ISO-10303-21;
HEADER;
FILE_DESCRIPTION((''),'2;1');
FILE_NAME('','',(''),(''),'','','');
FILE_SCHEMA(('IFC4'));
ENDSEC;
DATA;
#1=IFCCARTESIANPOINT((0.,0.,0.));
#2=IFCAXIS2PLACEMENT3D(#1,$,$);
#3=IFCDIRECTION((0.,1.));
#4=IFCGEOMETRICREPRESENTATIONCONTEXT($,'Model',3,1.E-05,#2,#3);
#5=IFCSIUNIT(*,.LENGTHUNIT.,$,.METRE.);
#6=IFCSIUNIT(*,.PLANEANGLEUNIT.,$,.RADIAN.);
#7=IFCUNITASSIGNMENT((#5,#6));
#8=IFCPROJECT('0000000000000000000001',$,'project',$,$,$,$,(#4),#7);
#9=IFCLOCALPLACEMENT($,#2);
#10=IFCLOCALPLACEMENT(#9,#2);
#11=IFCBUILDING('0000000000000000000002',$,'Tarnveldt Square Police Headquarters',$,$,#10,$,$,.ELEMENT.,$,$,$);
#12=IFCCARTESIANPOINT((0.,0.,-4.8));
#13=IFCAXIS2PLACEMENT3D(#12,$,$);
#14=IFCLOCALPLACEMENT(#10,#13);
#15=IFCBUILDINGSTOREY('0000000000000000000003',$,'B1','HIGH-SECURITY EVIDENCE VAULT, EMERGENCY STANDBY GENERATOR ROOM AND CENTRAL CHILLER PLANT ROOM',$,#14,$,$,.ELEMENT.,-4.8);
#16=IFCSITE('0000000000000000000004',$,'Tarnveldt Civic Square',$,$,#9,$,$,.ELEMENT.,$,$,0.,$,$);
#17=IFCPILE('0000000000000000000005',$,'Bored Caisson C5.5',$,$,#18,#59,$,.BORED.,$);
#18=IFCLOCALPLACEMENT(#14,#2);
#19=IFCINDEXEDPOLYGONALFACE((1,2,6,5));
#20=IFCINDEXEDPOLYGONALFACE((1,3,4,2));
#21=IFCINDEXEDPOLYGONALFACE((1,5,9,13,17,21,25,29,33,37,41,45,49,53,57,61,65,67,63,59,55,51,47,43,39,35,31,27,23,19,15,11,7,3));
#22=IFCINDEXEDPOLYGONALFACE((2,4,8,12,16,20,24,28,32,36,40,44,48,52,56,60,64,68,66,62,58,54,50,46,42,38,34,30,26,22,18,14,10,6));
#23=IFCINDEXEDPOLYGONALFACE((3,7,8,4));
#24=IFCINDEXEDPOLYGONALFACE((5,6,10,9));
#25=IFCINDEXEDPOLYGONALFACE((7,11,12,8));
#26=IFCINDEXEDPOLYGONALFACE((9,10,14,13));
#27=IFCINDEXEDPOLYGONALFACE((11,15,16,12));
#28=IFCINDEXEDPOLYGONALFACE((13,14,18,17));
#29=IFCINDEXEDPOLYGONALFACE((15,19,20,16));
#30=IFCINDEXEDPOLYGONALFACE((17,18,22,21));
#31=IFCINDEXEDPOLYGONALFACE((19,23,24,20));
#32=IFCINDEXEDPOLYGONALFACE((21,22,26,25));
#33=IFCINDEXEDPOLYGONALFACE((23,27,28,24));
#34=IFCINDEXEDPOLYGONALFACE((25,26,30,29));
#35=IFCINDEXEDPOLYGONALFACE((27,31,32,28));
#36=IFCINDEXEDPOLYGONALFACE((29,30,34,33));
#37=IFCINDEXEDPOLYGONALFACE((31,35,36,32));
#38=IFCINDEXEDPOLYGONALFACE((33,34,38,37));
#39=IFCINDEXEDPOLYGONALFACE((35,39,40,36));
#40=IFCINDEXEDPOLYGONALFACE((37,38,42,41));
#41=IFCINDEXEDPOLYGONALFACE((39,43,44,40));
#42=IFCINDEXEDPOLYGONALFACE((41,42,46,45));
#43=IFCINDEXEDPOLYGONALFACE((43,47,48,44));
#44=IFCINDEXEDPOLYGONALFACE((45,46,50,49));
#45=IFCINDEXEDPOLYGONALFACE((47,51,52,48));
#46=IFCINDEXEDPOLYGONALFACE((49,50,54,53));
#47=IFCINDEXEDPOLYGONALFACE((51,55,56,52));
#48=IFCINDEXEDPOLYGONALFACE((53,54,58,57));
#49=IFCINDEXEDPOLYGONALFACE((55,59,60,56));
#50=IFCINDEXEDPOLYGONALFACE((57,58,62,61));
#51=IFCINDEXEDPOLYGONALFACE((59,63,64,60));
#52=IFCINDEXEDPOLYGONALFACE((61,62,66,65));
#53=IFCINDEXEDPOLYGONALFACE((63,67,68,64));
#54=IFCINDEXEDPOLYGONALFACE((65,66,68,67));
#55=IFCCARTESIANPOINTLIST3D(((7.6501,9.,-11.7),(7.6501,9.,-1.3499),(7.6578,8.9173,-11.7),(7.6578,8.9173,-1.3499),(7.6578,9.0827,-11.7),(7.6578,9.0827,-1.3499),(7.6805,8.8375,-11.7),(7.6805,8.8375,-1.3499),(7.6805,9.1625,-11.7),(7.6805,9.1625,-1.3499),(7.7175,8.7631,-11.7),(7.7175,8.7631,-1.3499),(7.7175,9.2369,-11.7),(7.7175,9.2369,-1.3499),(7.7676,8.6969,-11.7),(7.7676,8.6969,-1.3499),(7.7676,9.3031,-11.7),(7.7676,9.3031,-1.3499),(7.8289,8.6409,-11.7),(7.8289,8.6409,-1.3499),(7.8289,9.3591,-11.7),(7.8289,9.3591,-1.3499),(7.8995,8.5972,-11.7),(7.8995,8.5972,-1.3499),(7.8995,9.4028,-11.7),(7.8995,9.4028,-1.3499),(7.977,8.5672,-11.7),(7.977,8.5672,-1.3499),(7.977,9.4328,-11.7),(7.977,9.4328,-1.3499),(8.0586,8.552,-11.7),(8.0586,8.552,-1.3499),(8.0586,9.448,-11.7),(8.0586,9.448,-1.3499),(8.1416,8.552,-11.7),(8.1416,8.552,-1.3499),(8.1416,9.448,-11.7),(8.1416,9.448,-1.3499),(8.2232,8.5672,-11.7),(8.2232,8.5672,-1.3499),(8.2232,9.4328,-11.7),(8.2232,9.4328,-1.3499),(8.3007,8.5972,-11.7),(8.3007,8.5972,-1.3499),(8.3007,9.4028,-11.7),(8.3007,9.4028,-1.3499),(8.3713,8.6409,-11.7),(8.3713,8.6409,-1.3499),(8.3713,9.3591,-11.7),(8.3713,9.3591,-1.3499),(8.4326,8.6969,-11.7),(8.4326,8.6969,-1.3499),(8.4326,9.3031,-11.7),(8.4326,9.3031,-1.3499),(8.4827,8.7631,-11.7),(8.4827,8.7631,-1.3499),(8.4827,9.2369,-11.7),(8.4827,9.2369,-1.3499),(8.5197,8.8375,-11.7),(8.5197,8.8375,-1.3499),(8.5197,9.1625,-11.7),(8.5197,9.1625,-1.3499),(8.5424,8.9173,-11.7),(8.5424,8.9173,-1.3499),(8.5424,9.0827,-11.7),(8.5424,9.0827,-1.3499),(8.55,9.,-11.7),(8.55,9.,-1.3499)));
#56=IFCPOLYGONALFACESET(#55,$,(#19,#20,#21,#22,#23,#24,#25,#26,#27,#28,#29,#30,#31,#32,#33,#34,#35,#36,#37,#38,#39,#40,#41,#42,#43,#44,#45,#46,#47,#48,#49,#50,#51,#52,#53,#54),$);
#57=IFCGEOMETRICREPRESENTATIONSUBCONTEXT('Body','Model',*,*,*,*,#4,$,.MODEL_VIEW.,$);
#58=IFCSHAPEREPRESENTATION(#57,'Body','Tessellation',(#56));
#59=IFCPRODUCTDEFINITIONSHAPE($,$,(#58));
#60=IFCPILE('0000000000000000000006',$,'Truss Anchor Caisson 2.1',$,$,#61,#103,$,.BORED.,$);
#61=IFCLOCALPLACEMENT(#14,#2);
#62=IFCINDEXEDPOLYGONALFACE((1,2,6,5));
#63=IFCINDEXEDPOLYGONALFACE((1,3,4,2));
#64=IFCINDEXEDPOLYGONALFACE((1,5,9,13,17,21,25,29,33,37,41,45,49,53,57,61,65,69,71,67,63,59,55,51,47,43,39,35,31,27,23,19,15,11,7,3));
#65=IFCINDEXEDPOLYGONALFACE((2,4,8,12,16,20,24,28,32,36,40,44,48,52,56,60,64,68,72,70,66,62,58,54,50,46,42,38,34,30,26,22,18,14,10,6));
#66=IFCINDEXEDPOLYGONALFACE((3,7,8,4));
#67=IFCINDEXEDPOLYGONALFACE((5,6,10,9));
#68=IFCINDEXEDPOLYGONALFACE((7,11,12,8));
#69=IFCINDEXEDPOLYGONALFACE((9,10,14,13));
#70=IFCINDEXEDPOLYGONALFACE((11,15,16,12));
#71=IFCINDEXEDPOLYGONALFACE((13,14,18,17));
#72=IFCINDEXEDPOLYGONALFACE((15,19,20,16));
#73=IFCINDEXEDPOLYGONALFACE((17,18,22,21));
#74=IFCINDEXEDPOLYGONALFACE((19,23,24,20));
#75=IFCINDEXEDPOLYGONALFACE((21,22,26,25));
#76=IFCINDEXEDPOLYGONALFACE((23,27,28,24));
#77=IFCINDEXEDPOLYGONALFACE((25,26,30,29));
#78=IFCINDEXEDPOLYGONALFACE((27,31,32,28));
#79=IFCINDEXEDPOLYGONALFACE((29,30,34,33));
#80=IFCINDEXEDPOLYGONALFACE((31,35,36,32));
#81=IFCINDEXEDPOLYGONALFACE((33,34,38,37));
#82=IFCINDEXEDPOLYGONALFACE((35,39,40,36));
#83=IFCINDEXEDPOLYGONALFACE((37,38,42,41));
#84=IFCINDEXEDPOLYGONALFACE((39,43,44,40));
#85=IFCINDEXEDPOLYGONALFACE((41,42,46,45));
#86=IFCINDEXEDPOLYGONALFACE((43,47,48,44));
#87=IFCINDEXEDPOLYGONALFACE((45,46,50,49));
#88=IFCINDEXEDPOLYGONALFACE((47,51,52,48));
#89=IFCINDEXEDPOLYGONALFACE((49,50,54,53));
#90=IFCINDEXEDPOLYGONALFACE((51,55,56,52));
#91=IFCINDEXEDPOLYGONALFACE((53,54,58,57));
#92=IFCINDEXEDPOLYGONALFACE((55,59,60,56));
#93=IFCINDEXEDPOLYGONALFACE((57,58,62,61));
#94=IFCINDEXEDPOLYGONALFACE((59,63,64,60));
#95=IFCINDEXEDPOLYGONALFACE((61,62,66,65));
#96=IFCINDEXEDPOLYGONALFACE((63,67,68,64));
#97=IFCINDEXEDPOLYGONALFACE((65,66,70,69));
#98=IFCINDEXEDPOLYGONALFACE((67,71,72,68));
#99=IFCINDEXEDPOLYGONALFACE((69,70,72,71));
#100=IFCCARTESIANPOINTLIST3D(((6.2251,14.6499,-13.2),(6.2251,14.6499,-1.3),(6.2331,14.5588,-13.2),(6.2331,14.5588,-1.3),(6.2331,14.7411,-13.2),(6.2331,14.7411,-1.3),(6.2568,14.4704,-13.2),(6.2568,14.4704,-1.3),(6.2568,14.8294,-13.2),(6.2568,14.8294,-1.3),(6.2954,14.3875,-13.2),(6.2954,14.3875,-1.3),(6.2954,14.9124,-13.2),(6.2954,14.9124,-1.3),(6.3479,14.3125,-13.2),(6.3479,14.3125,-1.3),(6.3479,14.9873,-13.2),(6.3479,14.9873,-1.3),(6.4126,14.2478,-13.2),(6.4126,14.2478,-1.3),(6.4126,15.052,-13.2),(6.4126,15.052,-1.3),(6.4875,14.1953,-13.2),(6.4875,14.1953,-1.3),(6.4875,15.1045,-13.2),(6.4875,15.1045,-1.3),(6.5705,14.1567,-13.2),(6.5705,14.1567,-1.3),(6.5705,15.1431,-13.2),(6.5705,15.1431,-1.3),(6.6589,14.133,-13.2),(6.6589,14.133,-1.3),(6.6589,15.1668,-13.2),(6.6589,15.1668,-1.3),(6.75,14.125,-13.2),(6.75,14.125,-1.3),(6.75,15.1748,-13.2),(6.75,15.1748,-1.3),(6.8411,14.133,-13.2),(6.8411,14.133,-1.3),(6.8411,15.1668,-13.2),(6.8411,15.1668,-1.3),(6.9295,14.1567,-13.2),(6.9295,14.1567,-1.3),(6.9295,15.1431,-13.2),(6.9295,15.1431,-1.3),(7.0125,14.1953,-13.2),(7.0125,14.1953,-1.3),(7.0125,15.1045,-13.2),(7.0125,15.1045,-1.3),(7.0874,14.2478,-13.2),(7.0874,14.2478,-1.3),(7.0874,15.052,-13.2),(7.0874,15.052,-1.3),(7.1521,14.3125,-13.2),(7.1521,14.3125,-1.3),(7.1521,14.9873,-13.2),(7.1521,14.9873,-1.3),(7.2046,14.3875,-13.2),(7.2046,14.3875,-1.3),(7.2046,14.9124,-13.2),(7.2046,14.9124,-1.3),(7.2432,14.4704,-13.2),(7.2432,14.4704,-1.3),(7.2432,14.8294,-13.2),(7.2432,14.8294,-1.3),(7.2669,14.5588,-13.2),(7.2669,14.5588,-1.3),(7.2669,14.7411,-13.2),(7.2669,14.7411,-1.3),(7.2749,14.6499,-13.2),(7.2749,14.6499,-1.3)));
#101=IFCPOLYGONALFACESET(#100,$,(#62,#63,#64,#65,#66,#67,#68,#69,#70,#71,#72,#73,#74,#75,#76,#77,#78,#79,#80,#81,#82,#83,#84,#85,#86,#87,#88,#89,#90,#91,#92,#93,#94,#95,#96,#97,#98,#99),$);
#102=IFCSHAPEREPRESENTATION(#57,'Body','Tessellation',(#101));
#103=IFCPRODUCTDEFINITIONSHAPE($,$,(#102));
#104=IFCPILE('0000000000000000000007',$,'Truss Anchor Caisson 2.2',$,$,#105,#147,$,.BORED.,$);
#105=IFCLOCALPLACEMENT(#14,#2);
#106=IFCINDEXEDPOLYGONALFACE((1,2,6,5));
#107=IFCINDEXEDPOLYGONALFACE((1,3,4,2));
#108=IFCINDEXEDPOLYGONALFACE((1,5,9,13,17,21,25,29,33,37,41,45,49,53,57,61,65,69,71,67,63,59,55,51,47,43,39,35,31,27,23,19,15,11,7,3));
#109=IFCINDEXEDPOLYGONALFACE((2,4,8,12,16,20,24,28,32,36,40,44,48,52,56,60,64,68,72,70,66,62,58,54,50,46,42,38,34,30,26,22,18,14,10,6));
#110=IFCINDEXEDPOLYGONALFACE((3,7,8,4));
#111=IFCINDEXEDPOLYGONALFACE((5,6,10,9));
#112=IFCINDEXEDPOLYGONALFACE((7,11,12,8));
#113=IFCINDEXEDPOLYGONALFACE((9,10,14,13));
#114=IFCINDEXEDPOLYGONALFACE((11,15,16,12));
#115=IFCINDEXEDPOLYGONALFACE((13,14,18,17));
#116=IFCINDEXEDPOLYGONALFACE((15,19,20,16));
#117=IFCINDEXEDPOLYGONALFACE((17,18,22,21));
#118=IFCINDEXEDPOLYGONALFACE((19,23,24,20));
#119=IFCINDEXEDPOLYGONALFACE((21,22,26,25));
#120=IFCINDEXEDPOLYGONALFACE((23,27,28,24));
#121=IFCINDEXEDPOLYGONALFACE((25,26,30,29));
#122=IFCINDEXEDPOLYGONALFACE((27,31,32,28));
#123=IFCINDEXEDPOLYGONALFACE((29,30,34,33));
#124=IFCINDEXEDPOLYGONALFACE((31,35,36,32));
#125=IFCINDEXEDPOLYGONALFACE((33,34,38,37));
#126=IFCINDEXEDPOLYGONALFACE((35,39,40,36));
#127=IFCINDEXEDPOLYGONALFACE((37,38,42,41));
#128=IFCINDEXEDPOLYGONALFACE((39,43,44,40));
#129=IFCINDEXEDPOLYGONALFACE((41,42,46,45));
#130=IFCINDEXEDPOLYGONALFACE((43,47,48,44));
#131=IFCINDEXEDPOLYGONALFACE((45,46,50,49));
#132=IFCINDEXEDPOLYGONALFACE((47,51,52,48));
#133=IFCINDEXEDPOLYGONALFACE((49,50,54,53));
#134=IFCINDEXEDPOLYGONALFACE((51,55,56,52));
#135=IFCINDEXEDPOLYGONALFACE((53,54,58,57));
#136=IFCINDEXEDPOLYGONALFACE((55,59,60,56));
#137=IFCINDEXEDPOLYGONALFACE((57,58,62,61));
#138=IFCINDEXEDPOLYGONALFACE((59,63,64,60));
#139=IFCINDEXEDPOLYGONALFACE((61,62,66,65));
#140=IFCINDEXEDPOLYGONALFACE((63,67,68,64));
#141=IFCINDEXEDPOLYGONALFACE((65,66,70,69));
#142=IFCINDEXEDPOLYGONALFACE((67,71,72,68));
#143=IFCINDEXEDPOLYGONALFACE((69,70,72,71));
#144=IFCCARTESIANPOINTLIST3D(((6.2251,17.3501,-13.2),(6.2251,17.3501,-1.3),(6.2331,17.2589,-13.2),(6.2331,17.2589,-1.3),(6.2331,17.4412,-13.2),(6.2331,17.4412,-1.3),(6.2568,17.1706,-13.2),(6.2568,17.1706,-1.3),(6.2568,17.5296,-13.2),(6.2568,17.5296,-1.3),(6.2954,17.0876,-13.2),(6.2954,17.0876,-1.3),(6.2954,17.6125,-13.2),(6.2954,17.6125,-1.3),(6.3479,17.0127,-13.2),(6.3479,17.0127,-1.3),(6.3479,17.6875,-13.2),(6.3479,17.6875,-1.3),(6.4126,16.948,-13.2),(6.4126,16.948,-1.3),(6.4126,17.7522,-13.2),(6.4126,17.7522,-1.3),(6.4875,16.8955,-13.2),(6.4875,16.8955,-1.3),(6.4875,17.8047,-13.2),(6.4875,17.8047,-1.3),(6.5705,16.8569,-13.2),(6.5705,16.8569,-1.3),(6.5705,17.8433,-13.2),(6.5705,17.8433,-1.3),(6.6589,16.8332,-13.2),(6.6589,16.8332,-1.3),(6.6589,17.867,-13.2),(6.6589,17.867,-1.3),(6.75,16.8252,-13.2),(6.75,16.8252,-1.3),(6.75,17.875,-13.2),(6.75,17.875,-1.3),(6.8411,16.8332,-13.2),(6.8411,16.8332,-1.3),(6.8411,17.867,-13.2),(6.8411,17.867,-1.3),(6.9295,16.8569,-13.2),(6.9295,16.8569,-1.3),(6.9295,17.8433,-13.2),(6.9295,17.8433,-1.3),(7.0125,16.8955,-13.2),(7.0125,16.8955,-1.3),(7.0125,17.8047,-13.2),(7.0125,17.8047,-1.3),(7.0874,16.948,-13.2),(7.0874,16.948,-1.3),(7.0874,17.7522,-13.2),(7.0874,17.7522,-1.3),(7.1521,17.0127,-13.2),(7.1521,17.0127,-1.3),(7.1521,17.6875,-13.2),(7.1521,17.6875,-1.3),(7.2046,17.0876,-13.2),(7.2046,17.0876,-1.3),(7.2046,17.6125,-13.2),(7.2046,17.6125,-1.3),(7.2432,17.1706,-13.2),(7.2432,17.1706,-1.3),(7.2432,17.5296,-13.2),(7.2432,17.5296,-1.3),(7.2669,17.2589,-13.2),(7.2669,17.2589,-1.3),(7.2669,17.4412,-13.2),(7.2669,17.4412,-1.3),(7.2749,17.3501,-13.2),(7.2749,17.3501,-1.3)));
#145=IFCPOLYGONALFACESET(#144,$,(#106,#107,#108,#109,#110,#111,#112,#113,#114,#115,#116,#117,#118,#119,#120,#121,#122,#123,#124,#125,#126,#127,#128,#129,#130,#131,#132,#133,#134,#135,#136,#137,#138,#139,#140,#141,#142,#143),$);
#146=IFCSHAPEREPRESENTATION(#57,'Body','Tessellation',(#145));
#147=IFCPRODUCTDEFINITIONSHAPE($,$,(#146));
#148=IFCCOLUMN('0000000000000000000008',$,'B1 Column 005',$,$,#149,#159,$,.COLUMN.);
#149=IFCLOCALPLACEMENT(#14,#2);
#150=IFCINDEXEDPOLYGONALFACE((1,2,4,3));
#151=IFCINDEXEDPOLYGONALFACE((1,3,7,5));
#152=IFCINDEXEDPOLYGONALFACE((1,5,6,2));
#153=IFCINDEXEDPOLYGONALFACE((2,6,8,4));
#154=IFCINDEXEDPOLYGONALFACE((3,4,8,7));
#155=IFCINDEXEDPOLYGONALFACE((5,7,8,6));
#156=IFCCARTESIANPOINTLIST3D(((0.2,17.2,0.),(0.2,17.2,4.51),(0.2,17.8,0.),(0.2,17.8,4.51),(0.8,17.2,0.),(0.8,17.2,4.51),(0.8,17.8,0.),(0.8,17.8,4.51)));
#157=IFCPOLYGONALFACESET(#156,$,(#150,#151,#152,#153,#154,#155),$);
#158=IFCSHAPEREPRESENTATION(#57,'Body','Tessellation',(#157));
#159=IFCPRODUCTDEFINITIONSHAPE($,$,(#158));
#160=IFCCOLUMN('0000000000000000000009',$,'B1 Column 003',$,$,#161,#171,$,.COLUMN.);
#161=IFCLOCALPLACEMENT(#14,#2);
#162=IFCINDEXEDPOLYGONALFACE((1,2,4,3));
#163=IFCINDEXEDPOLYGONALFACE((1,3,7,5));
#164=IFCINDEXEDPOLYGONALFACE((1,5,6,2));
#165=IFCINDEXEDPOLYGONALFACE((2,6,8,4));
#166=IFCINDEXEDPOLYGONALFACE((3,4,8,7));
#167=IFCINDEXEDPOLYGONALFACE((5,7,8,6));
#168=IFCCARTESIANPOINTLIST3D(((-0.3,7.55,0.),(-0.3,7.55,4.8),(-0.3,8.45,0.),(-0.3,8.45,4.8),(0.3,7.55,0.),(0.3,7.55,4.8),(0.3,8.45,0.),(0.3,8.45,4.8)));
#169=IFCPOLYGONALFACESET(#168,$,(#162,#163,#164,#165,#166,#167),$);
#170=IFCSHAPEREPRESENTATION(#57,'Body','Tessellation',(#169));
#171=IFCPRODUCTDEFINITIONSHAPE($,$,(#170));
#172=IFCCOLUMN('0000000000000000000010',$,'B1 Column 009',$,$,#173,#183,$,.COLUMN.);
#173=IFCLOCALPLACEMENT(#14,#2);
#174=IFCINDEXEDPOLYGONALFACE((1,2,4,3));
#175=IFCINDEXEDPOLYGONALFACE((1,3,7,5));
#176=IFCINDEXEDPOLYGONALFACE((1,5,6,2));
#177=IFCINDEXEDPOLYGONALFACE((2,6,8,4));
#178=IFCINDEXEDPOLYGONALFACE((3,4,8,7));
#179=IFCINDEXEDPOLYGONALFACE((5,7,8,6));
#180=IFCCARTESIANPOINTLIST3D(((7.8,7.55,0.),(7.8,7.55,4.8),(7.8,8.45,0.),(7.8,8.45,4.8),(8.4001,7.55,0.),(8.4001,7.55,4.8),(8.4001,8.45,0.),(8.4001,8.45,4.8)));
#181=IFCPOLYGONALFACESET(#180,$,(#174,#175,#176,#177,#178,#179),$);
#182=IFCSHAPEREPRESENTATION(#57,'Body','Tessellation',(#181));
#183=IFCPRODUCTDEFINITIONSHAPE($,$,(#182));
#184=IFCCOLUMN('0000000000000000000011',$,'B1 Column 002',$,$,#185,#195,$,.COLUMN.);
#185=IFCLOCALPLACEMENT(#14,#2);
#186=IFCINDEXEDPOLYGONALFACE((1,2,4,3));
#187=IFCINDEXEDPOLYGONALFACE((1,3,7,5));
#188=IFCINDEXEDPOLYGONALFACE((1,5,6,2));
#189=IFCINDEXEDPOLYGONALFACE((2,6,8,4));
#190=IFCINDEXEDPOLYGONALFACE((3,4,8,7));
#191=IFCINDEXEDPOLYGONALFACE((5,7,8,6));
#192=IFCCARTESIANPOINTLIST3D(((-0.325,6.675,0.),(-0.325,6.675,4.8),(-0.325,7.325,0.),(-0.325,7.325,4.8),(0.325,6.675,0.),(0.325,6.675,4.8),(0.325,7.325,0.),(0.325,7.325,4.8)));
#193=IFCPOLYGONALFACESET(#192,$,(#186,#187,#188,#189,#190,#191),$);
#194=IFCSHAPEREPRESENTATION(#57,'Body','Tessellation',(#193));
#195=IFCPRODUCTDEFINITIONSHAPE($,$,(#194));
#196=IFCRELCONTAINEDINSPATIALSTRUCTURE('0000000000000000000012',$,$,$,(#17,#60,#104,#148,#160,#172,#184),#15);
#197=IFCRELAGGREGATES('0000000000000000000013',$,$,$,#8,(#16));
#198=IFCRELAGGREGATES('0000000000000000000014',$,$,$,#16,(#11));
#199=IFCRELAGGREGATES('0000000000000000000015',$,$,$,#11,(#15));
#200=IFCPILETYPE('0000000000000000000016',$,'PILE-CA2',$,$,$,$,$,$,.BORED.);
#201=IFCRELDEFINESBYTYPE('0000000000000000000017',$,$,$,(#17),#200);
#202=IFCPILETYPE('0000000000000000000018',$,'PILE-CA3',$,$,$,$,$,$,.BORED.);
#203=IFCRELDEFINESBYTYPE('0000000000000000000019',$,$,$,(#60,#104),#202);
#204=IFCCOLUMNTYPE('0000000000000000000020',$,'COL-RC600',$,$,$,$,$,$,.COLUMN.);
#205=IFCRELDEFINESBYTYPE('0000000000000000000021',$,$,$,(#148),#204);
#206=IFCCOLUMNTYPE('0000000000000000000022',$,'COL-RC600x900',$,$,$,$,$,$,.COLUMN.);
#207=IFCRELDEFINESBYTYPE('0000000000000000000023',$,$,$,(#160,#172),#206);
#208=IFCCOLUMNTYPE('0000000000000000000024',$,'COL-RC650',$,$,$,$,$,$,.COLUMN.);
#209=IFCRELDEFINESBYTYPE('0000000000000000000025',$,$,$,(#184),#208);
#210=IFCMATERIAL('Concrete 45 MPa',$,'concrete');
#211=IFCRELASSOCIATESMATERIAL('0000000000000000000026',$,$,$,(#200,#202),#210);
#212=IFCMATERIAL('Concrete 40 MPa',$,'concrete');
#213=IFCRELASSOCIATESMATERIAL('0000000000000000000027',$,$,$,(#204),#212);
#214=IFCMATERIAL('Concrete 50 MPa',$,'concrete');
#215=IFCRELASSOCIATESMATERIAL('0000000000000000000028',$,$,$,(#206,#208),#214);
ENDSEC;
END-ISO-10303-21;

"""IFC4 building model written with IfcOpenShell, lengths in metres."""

from ifc_helpers import new_model, si_unit, direction, frame, origin, origin_2d, place, context, subcontext, project, spatial, rectangle, circle, extrude, material, material_profile, profile_set, type_object, element, save


model = new_model("IFC4")

# Units and contexts
model_context = context("Model", 3, precision=1e-05, world=origin(), true_north=direction((0.0, 1.0)))
body_context = subcontext(model_context, "Body", "Model", "MODEL_VIEW")
ifc_project = project(units=[si_unit("LENGTHUNIT", "METRE"), si_unit("PLANEANGLEUNIT", "RADIAN")], contexts=[model_context])

# Site, building, storey
site_placement = place(None, origin())
site = spatial("IfcSite", under=ifc_project, at=site_placement, Name="Tarnveldt Civic Square", CompositionType="ELEMENT", RefElevation=0.0)
building_placement = place(site_placement, origin())
building = spatial("IfcBuilding", under=site, at=building_placement, Name="Tarnveldt Square Police Headquarters", CompositionType="ELEMENT")
storey_placement = place(building_placement, frame((0.0, 0.0, -4.8)))
storey = spatial("IfcBuildingStorey", under=building, at=storey_placement, Name="B1", Description="HIGH-SECURITY EVIDENCE VAULT, EMERGENCY STANDBY GENERATOR ROOM AND CENTRAL CHILLER PLANT ROOM", CompositionType="ELEMENT", Elevation=-4.8)

# Shared definitions
ifc_material_1 = material(Name="Concrete 45 MPa", Category="concrete")

# Piles
ifc_material_profile_1 = material_profile(ifc_material_1, circle(Radius=0.45, at=origin_2d()), Name="CAISSON-D900")
ifc_profile_set_1 = profile_set([ifc_material_profile_1], Name="Concrete 45 MPa")
pile_type_1 = type_object("IfcPileType", Name="PILE-CA2", PredefinedType="BORED", material=ifc_profile_set_1)
for number, where, z_axis, x_axis, name in (
    (1, (8.1001, 9.0, -1.3499), (0.0, 0.0, -1.0), (1.0, 0.0, 0.0), "Bored Caisson C5.5"),
):
    element("IfcPile", number, at=place(storey_placement, frame(where, z_axis=z_axis, x_axis=x_axis)), inside=storey, type_object=pile_type_1, Name=name, PredefinedType="BORED", context=body_context, shape_type="SweptSolid", body=[
        extrude(circle(Radius=0.45, at=origin_2d()), origin(), (0.0, 0.0, 1.0), 10.3501),
    ])
ifc_material_profile_2 = material_profile(ifc_material_1, circle(Radius=0.5249, at=origin_2d()), Name="CAISSON-D1050")
ifc_profile_set_2 = profile_set([ifc_material_profile_2], Name="Concrete 45 MPa")
pile_type_2 = type_object("IfcPileType", Name="PILE-CA3", PredefinedType="BORED", material=ifc_profile_set_2)
for number, where, z_axis, x_axis, name in (
    (2, (6.75, 14.6499, -1.3), (0.0, 0.0, -1.0), (1.0, 0.0, 0.0), "Truss Anchor Caisson 2.1"),
    (3, (6.75, 17.3501, -1.3), (0.0, 0.0, -1.0), (1.0, 0.0, 0.0), "Truss Anchor Caisson 2.2"),
):
    element("IfcPile", number, at=place(storey_placement, frame(where, z_axis=z_axis, x_axis=x_axis)), inside=storey, type_object=pile_type_2, Name=name, PredefinedType="BORED", context=body_context, shape_type="SweptSolid", body=[
        extrude(circle(Radius=0.5249, at=origin_2d()), origin(), (0.0, 0.0, 1.0), 11.8999),
    ])

# Columns
ifc_material_2 = material(Name="Concrete 40 MPa", Category="concrete")
ifc_material_profile_3 = material_profile(ifc_material_2, rectangle(XDim=0.6001, YDim=0.6001, at=origin_2d()), Name="RC-C600x600")
ifc_profile_set_3 = profile_set([ifc_material_profile_3], Name="Concrete 40 MPa")
column_type_1 = type_object("IfcColumnType", Name="COL-RC600", PredefinedType="COLUMN", material=ifc_profile_set_3)
column_placement = place(storey_placement, frame((0.5, 17.5, 0.0), z_axis=(0.0, 0.0, 1.0), x_axis=(1.0, 0.0, 0.0)))
element("IfcColumn", 4, at=column_placement, inside=storey, type_object=column_type_1, Name="B1 Column 005", PredefinedType="COLUMN", context=body_context, shape_type="SweptSolid", body=[
    extrude(rectangle(XDim=0.6001, YDim=0.6001, at=origin_2d()), origin(), (0.0, 0.0, 1.0), 4.51),
])
ifc_material_3 = material(Name="Concrete 50 MPa", Category="concrete")
ifc_material_profile_4 = material_profile(ifc_material_3, rectangle(XDim=0.6001, YDim=0.8999, at=origin_2d()), Name="RC-C600x900")
ifc_profile_set_4 = profile_set([ifc_material_profile_4], Name="Concrete 50 MPa")
column_type_2 = type_object("IfcColumnType", Name="COL-RC600x900", PredefinedType="COLUMN", material=ifc_profile_set_4)
for number, where, z_axis, x_axis, name in (
    (5, (0.0, 8.0, 0.0), (0.0, 0.0, 1.0), (1.0, 0.0, 0.0), "B1 Column 003"),
    (6, (8.1001, 8.0, 0.0), (0.0, 0.0, 1.0), (1.0, 0.0, 0.0), "B1 Column 009"),
):
    element("IfcColumn", number, at=place(storey_placement, frame(where, z_axis=z_axis, x_axis=x_axis)), inside=storey, type_object=column_type_2, Name=name, PredefinedType="COLUMN", context=body_context, shape_type="SweptSolid", body=[
        extrude(rectangle(XDim=0.6001, YDim=0.8999, at=origin_2d()), origin(), (0.0, 0.0, 1.0), 4.8),
    ])
ifc_material_profile_5 = material_profile(ifc_material_3, rectangle(XDim=0.6499, YDim=0.6499, at=origin_2d()), Name="RC-C650x650")
ifc_profile_set_5 = profile_set([ifc_material_profile_5], Name="Concrete 50 MPa")
column_type_3 = type_object("IfcColumnType", Name="COL-RC650", PredefinedType="COLUMN", material=ifc_profile_set_5)
for number, where, z_axis, x_axis, name in (
    (7, (0.0, 7.0, 0.0), (0.0, 0.0, 1.0), (1.0, 0.0, 0.0), "B1 Column 002"),
):
    element("IfcColumn", number, at=place(storey_placement, frame(where, z_axis=z_axis, x_axis=x_axis)), inside=storey, type_object=column_type_3, Name=name, PredefinedType="COLUMN", context=body_context, shape_type="SweptSolid", body=[
        extrude(rectangle(XDim=0.6499, YDim=0.6499, at=origin_2d()), origin(), (0.0, 0.0, 1.0), 4.8),
    ])

save(model, "model.ifc")
